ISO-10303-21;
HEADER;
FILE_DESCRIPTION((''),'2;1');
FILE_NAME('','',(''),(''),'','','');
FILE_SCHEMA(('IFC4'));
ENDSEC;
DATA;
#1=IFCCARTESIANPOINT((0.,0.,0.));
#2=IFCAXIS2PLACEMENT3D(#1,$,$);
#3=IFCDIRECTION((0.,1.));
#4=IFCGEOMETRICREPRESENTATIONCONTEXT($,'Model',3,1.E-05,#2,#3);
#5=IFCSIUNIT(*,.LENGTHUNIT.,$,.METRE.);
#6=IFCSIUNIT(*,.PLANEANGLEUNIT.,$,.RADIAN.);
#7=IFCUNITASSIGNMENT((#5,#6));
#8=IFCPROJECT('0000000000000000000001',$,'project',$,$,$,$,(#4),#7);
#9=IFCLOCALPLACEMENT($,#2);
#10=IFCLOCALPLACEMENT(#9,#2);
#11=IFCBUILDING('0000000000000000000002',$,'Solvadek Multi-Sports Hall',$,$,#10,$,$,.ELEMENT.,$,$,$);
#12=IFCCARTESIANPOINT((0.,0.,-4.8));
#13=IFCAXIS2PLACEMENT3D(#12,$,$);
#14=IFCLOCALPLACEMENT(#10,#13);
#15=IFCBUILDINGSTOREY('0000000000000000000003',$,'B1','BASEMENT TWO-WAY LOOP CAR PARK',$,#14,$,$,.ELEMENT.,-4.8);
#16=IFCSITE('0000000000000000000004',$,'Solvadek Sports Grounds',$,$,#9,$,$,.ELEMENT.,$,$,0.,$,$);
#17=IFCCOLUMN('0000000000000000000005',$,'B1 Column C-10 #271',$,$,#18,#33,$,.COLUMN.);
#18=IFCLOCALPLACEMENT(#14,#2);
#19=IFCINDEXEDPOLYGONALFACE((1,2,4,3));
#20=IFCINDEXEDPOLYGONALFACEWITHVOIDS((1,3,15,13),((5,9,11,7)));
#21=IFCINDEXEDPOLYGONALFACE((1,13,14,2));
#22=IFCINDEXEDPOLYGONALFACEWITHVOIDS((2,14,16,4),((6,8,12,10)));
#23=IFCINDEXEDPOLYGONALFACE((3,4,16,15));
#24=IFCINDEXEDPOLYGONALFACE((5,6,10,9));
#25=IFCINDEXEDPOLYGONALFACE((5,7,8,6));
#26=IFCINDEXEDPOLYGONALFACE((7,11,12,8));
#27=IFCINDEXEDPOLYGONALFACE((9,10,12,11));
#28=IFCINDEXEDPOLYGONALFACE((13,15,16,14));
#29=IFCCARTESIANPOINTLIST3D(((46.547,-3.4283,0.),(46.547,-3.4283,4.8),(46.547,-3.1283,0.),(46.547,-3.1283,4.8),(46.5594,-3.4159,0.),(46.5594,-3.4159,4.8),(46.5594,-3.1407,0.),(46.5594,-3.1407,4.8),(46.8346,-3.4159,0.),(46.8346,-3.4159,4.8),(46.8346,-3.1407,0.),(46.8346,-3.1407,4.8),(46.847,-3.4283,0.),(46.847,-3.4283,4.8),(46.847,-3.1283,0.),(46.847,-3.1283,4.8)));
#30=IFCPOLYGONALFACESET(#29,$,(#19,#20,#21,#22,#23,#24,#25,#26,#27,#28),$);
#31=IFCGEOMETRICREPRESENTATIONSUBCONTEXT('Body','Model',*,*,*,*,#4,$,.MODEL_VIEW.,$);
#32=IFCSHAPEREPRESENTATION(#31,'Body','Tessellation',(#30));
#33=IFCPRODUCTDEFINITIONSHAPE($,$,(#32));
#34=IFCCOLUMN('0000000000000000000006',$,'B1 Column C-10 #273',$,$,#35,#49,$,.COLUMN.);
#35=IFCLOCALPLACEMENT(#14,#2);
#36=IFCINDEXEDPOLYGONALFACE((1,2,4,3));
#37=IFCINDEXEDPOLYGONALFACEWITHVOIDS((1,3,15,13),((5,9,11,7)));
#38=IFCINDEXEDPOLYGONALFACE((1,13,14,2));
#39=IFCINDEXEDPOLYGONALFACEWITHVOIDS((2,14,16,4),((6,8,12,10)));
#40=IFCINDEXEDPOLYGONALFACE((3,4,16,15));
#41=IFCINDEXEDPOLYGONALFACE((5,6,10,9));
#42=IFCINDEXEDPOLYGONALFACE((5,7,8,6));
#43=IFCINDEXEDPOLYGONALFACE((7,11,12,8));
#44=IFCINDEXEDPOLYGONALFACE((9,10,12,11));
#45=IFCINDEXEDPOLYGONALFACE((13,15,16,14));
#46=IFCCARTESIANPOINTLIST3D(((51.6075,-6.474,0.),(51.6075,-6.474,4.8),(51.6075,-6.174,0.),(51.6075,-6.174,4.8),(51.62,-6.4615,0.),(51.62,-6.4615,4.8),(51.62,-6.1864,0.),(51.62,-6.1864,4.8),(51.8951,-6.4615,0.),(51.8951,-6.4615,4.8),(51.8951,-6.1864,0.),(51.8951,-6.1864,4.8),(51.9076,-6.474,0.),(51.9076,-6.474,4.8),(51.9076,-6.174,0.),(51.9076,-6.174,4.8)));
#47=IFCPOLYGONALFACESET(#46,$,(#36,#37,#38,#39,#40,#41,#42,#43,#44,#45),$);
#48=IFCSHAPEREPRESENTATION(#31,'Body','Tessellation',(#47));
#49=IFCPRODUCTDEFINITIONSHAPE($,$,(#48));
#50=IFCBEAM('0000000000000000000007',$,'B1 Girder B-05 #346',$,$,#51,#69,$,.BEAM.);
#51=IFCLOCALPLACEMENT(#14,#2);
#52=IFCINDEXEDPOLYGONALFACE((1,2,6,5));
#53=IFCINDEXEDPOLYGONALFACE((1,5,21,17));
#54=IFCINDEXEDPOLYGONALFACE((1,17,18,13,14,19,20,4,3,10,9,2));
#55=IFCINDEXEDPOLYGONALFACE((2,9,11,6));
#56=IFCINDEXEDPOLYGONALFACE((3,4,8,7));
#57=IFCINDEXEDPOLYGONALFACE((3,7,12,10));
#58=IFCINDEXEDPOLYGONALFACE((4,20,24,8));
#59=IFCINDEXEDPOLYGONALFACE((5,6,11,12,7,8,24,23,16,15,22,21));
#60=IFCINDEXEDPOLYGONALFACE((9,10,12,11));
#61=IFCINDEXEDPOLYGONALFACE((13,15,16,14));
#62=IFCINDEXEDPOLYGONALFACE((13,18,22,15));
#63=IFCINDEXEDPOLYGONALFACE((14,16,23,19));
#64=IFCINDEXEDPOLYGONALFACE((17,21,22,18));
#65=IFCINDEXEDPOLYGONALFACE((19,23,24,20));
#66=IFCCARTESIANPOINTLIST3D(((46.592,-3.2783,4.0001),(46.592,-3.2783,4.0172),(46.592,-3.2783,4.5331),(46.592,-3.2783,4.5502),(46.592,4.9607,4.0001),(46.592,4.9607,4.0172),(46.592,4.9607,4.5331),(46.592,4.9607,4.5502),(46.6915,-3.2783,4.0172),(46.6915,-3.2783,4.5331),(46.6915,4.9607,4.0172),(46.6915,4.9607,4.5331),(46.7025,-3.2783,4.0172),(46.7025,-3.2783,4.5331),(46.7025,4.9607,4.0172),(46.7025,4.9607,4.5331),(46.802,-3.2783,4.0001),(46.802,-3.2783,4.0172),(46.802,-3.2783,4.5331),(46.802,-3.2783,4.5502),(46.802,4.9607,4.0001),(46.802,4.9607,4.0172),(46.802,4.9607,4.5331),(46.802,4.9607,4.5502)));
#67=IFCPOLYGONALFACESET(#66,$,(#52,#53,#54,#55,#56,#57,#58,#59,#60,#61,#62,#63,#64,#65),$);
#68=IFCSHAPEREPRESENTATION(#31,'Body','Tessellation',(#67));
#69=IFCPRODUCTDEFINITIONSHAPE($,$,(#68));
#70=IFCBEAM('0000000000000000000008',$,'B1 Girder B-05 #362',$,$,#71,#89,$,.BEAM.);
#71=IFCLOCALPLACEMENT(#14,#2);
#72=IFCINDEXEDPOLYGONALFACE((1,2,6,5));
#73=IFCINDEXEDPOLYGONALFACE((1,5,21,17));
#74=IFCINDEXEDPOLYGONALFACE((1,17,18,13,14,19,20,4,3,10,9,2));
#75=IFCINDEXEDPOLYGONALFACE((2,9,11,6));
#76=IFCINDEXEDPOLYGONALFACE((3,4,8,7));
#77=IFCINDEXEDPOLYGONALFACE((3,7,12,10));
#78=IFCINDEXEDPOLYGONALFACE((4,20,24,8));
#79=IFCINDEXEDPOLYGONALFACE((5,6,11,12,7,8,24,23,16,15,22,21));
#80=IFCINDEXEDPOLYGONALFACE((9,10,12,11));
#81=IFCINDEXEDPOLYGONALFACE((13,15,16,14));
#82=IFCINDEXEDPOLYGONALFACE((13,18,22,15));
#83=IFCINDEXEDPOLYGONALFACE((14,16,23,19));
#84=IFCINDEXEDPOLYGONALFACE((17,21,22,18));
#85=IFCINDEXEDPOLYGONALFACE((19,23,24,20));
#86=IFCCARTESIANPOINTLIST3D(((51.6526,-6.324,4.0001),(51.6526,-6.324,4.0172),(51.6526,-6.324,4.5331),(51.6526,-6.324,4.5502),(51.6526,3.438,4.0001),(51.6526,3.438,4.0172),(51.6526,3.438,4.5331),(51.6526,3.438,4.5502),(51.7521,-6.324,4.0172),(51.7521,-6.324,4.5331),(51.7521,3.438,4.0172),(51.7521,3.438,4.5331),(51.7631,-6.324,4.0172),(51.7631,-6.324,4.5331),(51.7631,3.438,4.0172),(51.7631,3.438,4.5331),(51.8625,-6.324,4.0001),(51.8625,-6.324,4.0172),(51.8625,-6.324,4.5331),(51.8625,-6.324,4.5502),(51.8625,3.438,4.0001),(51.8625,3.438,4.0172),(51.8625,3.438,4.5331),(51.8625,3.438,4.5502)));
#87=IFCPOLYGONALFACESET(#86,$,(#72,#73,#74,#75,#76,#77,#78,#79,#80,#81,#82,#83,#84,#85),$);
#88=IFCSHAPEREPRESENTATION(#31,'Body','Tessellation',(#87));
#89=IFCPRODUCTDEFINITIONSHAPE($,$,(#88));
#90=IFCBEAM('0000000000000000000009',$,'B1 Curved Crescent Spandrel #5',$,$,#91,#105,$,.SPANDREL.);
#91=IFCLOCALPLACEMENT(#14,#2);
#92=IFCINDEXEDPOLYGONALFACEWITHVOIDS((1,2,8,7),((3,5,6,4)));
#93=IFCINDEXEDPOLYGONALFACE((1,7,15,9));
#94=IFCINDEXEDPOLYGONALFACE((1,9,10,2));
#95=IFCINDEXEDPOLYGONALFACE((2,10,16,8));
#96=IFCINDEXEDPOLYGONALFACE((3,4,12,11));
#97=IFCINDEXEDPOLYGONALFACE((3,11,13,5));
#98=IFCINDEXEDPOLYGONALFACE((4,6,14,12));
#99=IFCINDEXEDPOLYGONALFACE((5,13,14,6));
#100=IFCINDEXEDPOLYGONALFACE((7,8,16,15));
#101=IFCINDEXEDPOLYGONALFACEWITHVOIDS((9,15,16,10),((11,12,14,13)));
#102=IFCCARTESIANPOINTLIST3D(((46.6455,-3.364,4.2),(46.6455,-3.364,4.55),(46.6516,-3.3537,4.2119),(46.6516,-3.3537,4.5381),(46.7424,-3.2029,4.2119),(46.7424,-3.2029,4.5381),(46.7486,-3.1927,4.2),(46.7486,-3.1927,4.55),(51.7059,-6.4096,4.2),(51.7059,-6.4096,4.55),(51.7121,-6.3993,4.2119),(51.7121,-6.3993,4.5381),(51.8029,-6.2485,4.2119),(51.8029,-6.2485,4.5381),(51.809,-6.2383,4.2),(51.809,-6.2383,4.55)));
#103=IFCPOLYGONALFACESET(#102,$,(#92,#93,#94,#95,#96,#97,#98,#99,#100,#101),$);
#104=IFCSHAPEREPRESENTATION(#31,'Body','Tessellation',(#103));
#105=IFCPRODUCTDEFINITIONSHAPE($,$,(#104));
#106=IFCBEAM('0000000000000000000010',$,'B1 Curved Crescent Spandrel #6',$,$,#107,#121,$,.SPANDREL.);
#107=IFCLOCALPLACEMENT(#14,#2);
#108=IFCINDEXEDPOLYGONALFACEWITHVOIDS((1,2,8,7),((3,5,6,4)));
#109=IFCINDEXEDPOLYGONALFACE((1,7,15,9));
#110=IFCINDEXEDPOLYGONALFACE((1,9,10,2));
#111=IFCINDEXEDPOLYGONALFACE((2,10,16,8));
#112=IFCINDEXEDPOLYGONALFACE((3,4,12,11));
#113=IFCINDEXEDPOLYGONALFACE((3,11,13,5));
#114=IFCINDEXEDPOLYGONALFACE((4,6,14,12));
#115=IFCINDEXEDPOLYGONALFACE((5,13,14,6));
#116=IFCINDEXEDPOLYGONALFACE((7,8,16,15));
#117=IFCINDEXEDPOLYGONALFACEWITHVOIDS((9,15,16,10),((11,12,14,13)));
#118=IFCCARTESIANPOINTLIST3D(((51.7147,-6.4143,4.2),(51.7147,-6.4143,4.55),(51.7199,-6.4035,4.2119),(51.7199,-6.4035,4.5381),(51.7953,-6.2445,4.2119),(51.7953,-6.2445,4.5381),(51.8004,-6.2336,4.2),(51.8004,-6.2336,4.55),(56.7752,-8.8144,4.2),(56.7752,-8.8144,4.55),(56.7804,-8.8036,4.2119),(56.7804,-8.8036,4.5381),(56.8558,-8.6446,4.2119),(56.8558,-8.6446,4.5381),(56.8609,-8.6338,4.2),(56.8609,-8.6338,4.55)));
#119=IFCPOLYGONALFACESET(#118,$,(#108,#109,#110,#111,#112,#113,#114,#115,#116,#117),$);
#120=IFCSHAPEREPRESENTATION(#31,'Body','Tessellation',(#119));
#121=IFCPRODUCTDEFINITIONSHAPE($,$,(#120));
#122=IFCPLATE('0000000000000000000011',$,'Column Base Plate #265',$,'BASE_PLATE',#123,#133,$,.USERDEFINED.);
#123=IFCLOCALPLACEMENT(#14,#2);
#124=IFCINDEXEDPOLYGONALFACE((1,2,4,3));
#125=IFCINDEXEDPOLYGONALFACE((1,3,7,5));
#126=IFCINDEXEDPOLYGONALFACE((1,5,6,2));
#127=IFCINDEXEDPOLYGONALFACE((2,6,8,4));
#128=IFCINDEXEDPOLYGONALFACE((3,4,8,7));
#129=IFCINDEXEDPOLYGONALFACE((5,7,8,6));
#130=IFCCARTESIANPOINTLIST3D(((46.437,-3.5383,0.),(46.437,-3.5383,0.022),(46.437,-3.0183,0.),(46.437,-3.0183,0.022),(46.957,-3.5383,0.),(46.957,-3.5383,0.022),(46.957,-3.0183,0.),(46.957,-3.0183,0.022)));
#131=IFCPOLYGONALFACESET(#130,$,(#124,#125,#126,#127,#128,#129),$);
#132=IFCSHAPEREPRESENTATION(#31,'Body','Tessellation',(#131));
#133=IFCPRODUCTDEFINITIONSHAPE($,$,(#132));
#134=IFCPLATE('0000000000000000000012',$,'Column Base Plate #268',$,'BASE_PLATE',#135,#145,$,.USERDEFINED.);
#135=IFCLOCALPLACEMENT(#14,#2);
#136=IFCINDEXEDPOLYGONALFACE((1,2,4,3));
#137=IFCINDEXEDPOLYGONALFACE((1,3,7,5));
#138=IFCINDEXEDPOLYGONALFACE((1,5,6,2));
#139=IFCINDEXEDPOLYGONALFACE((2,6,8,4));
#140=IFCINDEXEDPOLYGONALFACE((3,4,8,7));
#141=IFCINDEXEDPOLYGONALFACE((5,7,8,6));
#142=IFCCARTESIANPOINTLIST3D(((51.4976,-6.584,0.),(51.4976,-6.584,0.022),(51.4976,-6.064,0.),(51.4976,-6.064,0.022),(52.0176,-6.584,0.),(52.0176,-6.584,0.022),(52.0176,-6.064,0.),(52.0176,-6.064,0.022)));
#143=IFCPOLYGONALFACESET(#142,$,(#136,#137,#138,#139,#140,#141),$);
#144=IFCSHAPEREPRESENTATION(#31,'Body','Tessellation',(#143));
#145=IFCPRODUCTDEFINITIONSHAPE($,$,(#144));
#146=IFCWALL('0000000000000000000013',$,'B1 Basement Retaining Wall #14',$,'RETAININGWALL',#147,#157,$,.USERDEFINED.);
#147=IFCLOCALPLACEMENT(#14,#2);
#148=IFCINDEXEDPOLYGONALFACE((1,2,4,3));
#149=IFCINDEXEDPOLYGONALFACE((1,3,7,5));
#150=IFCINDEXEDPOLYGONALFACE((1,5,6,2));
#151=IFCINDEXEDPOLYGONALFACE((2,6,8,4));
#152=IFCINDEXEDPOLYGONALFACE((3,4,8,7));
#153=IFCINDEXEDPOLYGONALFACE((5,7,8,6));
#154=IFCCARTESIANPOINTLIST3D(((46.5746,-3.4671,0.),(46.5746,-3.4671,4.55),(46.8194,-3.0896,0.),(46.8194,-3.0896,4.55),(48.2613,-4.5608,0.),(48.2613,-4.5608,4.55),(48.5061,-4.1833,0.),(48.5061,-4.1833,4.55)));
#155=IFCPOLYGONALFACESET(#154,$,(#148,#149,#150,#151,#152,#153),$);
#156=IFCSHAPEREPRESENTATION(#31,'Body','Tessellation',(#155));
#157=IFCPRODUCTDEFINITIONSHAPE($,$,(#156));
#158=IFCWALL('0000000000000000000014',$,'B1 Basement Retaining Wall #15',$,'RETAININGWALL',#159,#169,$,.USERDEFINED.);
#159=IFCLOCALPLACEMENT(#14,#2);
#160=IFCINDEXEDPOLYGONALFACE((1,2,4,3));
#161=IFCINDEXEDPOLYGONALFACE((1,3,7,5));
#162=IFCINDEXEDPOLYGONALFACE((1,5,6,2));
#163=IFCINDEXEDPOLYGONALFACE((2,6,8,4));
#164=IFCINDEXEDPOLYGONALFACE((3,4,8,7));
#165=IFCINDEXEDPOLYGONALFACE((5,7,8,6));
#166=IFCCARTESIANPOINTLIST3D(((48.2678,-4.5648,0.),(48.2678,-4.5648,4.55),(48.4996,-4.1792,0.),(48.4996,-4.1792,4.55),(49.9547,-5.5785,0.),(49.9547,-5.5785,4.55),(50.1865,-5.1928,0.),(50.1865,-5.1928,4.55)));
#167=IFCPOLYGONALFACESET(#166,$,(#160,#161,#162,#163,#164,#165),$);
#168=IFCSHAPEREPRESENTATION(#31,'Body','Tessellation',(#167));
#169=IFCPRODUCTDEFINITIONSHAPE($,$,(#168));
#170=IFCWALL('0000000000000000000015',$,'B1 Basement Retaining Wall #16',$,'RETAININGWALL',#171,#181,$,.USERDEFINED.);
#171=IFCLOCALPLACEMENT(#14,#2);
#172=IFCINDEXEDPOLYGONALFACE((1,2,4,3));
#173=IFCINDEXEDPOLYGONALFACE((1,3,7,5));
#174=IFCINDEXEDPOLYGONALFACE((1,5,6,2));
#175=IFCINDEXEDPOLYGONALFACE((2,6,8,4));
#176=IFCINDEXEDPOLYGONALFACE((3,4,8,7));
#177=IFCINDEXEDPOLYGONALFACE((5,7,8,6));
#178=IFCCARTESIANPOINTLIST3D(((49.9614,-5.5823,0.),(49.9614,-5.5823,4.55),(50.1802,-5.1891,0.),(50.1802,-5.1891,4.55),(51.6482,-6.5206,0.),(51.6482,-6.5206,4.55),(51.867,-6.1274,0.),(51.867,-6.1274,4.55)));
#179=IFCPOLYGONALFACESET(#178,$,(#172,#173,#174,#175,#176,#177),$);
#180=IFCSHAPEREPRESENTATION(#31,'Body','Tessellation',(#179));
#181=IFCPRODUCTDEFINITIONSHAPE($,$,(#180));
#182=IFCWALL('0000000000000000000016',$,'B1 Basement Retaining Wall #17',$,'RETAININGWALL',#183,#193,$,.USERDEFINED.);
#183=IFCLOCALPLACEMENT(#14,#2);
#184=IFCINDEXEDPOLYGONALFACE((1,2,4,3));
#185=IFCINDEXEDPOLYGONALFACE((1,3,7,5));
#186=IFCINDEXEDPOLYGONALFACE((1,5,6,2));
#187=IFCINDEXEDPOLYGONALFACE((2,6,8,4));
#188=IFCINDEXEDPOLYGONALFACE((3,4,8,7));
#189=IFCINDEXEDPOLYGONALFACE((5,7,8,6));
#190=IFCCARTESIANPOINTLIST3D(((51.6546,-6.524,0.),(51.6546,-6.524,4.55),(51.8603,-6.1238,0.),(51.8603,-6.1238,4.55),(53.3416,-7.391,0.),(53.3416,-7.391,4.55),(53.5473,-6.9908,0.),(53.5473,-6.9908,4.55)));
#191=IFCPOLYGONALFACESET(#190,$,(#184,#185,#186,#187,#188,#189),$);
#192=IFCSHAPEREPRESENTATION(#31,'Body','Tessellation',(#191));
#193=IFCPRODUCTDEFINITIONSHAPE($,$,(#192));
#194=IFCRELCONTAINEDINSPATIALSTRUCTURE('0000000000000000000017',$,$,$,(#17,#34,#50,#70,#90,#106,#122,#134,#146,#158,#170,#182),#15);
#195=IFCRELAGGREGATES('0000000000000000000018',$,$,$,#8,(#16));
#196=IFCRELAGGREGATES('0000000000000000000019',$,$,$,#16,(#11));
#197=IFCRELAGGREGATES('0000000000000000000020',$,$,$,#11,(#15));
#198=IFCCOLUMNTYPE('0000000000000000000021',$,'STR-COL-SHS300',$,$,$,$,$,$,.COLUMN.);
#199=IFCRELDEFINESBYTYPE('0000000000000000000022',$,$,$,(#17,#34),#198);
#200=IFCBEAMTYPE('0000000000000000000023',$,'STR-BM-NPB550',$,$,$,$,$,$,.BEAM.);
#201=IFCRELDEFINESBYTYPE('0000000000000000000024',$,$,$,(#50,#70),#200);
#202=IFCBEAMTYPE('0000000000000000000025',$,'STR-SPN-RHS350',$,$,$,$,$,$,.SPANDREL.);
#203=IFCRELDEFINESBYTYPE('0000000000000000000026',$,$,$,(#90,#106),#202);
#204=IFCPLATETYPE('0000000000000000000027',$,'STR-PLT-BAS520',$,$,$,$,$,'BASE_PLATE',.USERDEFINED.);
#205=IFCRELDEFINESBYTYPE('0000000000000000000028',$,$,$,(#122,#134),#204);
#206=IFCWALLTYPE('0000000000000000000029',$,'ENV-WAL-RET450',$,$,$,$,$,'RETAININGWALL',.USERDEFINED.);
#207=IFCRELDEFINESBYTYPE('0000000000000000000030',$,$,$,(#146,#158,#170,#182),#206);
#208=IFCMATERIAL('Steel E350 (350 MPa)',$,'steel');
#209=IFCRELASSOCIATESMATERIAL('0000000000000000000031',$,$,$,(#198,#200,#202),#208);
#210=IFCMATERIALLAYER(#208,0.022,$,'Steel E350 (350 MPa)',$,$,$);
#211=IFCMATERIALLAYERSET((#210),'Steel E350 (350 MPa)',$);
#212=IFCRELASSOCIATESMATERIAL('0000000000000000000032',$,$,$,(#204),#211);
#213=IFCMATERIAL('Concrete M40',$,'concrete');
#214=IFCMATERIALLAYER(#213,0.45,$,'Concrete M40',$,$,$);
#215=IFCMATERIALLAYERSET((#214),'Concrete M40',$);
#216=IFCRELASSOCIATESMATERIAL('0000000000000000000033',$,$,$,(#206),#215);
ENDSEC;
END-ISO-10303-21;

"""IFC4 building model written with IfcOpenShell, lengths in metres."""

from ifc_helpers import new_model, si_unit, direction, frame, frame_2d, origin, origin_2d, place, context, subcontext, project, spatial, rectangle, hollow_rectangle, i_section, extrude, material, layer, layer_set, material_profile, profile_set, type_object, element, save


model = new_model("IFC4")

# Units and contexts
model_context = context("Model", 3, precision=1e-05, world=origin(), true_north=direction((0.0, 1.0)))
body_context = subcontext(model_context, "Body", "Model", "MODEL_VIEW")
ifc_project = project(units=[si_unit("LENGTHUNIT", "METRE"), si_unit("PLANEANGLEUNIT", "RADIAN")], contexts=[model_context])

# Site, building, storey
site_placement = place(None, origin())
site = spatial("IfcSite", under=ifc_project, at=site_placement, Name="Solvadek Sports Grounds", CompositionType="ELEMENT", RefElevation=0.0)
building_placement = place(site_placement, origin())
building = spatial("IfcBuilding", under=site, at=building_placement, Name="Solvadek Multi-Sports Hall", CompositionType="ELEMENT")
storey_placement = place(building_placement, frame((0.0, 0.0, -4.8)))
storey = spatial("IfcBuildingStorey", under=building, at=storey_placement, Name="B1", Description="BASEMENT TWO-WAY LOOP CAR PARK", CompositionType="ELEMENT", Elevation=-4.8)

# Shared definitions
ifc_material_1 = material(Name="Concrete M40", Category="concrete")

# Columns
ifc_material_2 = material(Name="Steel E350 (350 MPa)", Category="steel")
ifc_material_profile_1 = material_profile(ifc_material_2, hollow_rectangle(XDim=0.3, YDim=0.3, WallThickness=0.0125, at=origin_2d()), Name="SHS 300x300x12.5")
ifc_profile_set_1 = profile_set([ifc_material_profile_1], Name="Steel E350 (350 MPa)")
column_type = type_object("IfcColumnType", Name="STR-COL-SHS300", PredefinedType="COLUMN", material=ifc_profile_set_1)
for number, where, z_axis, x_axis, name in (
    (1, (46.697, -3.2783, 0.0), (0.0, 0.0, 1.0), (1.0, 0.0, 0.0), "B1 Column C-10 #271"),
    (2, (51.7576, -6.324, 0.0), (0.0, 0.0, 1.0), (1.0, 0.0, 0.0), "B1 Column C-10 #273"),
):
    element("IfcColumn", number, at=place(storey_placement, frame(where, z_axis=z_axis, x_axis=x_axis)), inside=storey, type_object=column_type, Name=name, PredefinedType="COLUMN", context=body_context, shape_type="SweptSolid", body=[
        extrude(hollow_rectangle(XDim=0.3, YDim=0.3, WallThickness=0.0125, at=origin_2d()), origin(), (0.0, 0.0, 1.0), 4.8),
    ])

# Beams
ifc_material_profile_2 = material_profile(ifc_material_2, i_section(OverallWidth=0.21, OverallDepth=0.55, WebThickness=0.011, FlangeThickness=0.0171, at=origin_2d()), Name="NPB 550")
ifc_profile_set_2 = profile_set([ifc_material_profile_2], Name="Steel E350 (350 MPa)")
beam_type_1 = type_object("IfcBeamType", Name="STR-BM-NPB550", PredefinedType="BEAM", material=ifc_profile_set_2)
beam_1_placement = place(storey_placement, frame((46.697, -3.2783, 4.2751), z_axis=(0.0, 1.0, 0.0), x_axis=(-1.0, 0.0, 0.0)))
element("IfcBeam", 3, at=beam_1_placement, inside=storey, type_object=beam_type_1, Name="B1 Girder B-05 #346", PredefinedType="BEAM", context=body_context, shape_type="SweptSolid", body=[
    extrude(i_section(OverallWidth=0.21, OverallDepth=0.55, WebThickness=0.011, FlangeThickness=0.0171, at=origin_2d()), origin(), (0.0, 0.0, 1.0), 8.239),
])
beam_2_placement = place(storey_placement, frame((51.7576, -6.324, 4.2751), z_axis=(0.0, 1.0, 0.0), x_axis=(-1.0, 0.0, 0.0)))
element("IfcBeam", 4, at=beam_2_placement, inside=storey, type_object=beam_type_1, Name="B1 Girder B-05 #362", PredefinedType="BEAM", context=body_context, shape_type="SweptSolid", body=[
    extrude(i_section(OverallWidth=0.21, OverallDepth=0.55, WebThickness=0.011, FlangeThickness=0.0171, at=origin_2d()), origin(), (0.0, 0.0, 1.0), 9.762),
])
ifc_material_profile_3 = material_profile(ifc_material_2, hollow_rectangle(XDim=0.2, YDim=0.3501, WallThickness=0.012, at=origin_2d()), Name="RHS 350x200x12")
ifc_profile_set_3 = profile_set([ifc_material_profile_3], Name="Steel E350 (350 MPa)")
beam_type_2 = type_object("IfcBeamType", Name="STR-SPN-RHS350", PredefinedType="SPANDREL", material=ifc_profile_set_3)
beam_3_placement = place(storey_placement, frame((46.697, -3.2783, 4.375), z_axis=(0.856796, -0.515656, 0.0), x_axis=(0.515656, 0.856796, 0.0)))
element("IfcBeam", 5, at=beam_3_placement, inside=storey, type_object=beam_type_2, Name="B1 Curved Crescent Spandrel #5", PredefinedType="SPANDREL", context=body_context, shape_type="SweptSolid", body=[
    extrude(hollow_rectangle(XDim=0.2, YDim=0.3501, WallThickness=0.012, at=origin_2d()), origin(), (0.0, 0.0, 1.0), 5.9062),
])
beam_4_placement = place(storey_placement, frame((51.7576, -6.324, 4.375), z_axis=(0.903527, -0.42853, 0.0), x_axis=(0.42853, 0.903527, 0.0)))
element("IfcBeam", 6, at=beam_4_placement, inside=storey, type_object=beam_type_2, Name="B1 Curved Crescent Spandrel #6", PredefinedType="SPANDREL", context=body_context, shape_type="SweptSolid", body=[
    extrude(hollow_rectangle(XDim=0.2, YDim=0.3501, WallThickness=0.012, at=origin_2d()), origin(), (0.0, 0.0, 1.0), 5.6008),
])

# Plates
ifc_layer_1 = layer(ifc_material_2, 0.022, Name="Steel E350 (350 MPa)")
ifc_layer_set_1 = layer_set([ifc_layer_1], Name="Steel E350 (350 MPa)")
plate_type = type_object("IfcPlateType", Name="STR-PLT-BAS520", ElementType="BASE_PLATE", PredefinedType="USERDEFINED", material=ifc_layer_set_1)
for number, where, z_axis, x_axis, name in (
    (7, (46.697, -3.2783, 0.0), (0.0, 0.0, 1.0), (1.0, 0.0, 0.0), "Column Base Plate #265"),
    (8, (51.7576, -6.324, 0.0), (0.0, 0.0, 1.0), (1.0, 0.0, 0.0), "Column Base Plate #268"),
):
    element("IfcPlate", number, at=place(storey_placement, frame(where, z_axis=z_axis, x_axis=x_axis)), inside=storey, type_object=plate_type, Name=name, ObjectType="BASE_PLATE", PredefinedType="USERDEFINED", context=body_context, shape_type="SweptSolid", body=[
        extrude(rectangle(XDim=0.52, YDim=0.52, at=origin_2d()), origin(), (0.0, 0.0, 1.0), 0.022),
    ])

# Walls
ifc_layer_2 = layer(ifc_material_1, 0.45, Name="Concrete M40")
ifc_layer_set_2 = layer_set([ifc_layer_2], Name="Concrete M40")
wall_type = type_object("IfcWallType", Name="ENV-WAL-RET450", ElementType="RETAININGWALL", PredefinedType="USERDEFINED", material=ifc_layer_set_2)
wall_1_placement = place(storey_placement, frame((46.697, -3.2783, 0.0), z_axis=(0.0, 0.0, 1.0), x_axis=(0.839045, -0.544062, 0.0)))
element("IfcWall", 9, at=wall_1_placement, inside=storey, type_object=wall_type, Name="B1 Basement Retaining Wall #14", ObjectType="RETAININGWALL", PredefinedType="USERDEFINED", context=body_context, shape_type="SweptSolid", body=[
    extrude(rectangle(XDim=2.0103, YDim=0.45, at=frame_2d((1.0051, 0.0))), origin(), (0.0, 0.0, 1.0), 4.55),
])
wall_2_placement = place(storey_placement, frame((48.3838, -4.3721, 0.0), z_axis=(0.0, 0.0, 1.0), x_axis=(0.857164, -0.515043, 0.0)))
element("IfcWall", 10, at=wall_2_placement, inside=storey, type_object=wall_type, Name="B1 Basement Retaining Wall #15", ObjectType="RETAININGWALL", PredefinedType="USERDEFINED", context=body_context, shape_type="SweptSolid", body=[
    extrude(rectangle(XDim=1.968, YDim=0.45, at=frame_2d((0.9839, 0.0))), origin(), (0.0, 0.0, 1.0), 4.55),
])
wall_3_placement = place(storey_placement, frame((50.0708, -5.3857, 0.0), z_axis=(0.0, 0.0, 1.0), x_axis=(0.873907, -0.486094, 0.0)))
element("IfcWall", 11, at=wall_3_placement, inside=storey, type_object=wall_type, Name="B1 Basement Retaining Wall #16", ObjectType="RETAININGWALL", PredefinedType="USERDEFINED", context=body_context, shape_type="SweptSolid", body=[
    extrude(rectangle(XDim=1.9302, YDim=0.45, at=frame_2d((0.9651, 0.0))), origin(), (0.0, 0.0, 1.0), 4.55),
])
wall_4_placement = place(storey_placement, frame((51.7576, -6.324, 0.0), z_axis=(0.0, 0.0, 1.0), x_axis=(0.88943, -0.457072, 0.0)))
element("IfcWall", 12, at=wall_4_placement, inside=storey, type_object=wall_type, Name="B1 Basement Retaining Wall #17", ObjectType="RETAININGWALL", PredefinedType="USERDEFINED", context=body_context, shape_type="SweptSolid", body=[
    extrude(rectangle(XDim=1.8967, YDim=0.45, at=frame_2d((0.9482, 0.0))), origin(), (0.0, 0.0, 1.0), 4.55),
])

save(model, "model.ifc")
